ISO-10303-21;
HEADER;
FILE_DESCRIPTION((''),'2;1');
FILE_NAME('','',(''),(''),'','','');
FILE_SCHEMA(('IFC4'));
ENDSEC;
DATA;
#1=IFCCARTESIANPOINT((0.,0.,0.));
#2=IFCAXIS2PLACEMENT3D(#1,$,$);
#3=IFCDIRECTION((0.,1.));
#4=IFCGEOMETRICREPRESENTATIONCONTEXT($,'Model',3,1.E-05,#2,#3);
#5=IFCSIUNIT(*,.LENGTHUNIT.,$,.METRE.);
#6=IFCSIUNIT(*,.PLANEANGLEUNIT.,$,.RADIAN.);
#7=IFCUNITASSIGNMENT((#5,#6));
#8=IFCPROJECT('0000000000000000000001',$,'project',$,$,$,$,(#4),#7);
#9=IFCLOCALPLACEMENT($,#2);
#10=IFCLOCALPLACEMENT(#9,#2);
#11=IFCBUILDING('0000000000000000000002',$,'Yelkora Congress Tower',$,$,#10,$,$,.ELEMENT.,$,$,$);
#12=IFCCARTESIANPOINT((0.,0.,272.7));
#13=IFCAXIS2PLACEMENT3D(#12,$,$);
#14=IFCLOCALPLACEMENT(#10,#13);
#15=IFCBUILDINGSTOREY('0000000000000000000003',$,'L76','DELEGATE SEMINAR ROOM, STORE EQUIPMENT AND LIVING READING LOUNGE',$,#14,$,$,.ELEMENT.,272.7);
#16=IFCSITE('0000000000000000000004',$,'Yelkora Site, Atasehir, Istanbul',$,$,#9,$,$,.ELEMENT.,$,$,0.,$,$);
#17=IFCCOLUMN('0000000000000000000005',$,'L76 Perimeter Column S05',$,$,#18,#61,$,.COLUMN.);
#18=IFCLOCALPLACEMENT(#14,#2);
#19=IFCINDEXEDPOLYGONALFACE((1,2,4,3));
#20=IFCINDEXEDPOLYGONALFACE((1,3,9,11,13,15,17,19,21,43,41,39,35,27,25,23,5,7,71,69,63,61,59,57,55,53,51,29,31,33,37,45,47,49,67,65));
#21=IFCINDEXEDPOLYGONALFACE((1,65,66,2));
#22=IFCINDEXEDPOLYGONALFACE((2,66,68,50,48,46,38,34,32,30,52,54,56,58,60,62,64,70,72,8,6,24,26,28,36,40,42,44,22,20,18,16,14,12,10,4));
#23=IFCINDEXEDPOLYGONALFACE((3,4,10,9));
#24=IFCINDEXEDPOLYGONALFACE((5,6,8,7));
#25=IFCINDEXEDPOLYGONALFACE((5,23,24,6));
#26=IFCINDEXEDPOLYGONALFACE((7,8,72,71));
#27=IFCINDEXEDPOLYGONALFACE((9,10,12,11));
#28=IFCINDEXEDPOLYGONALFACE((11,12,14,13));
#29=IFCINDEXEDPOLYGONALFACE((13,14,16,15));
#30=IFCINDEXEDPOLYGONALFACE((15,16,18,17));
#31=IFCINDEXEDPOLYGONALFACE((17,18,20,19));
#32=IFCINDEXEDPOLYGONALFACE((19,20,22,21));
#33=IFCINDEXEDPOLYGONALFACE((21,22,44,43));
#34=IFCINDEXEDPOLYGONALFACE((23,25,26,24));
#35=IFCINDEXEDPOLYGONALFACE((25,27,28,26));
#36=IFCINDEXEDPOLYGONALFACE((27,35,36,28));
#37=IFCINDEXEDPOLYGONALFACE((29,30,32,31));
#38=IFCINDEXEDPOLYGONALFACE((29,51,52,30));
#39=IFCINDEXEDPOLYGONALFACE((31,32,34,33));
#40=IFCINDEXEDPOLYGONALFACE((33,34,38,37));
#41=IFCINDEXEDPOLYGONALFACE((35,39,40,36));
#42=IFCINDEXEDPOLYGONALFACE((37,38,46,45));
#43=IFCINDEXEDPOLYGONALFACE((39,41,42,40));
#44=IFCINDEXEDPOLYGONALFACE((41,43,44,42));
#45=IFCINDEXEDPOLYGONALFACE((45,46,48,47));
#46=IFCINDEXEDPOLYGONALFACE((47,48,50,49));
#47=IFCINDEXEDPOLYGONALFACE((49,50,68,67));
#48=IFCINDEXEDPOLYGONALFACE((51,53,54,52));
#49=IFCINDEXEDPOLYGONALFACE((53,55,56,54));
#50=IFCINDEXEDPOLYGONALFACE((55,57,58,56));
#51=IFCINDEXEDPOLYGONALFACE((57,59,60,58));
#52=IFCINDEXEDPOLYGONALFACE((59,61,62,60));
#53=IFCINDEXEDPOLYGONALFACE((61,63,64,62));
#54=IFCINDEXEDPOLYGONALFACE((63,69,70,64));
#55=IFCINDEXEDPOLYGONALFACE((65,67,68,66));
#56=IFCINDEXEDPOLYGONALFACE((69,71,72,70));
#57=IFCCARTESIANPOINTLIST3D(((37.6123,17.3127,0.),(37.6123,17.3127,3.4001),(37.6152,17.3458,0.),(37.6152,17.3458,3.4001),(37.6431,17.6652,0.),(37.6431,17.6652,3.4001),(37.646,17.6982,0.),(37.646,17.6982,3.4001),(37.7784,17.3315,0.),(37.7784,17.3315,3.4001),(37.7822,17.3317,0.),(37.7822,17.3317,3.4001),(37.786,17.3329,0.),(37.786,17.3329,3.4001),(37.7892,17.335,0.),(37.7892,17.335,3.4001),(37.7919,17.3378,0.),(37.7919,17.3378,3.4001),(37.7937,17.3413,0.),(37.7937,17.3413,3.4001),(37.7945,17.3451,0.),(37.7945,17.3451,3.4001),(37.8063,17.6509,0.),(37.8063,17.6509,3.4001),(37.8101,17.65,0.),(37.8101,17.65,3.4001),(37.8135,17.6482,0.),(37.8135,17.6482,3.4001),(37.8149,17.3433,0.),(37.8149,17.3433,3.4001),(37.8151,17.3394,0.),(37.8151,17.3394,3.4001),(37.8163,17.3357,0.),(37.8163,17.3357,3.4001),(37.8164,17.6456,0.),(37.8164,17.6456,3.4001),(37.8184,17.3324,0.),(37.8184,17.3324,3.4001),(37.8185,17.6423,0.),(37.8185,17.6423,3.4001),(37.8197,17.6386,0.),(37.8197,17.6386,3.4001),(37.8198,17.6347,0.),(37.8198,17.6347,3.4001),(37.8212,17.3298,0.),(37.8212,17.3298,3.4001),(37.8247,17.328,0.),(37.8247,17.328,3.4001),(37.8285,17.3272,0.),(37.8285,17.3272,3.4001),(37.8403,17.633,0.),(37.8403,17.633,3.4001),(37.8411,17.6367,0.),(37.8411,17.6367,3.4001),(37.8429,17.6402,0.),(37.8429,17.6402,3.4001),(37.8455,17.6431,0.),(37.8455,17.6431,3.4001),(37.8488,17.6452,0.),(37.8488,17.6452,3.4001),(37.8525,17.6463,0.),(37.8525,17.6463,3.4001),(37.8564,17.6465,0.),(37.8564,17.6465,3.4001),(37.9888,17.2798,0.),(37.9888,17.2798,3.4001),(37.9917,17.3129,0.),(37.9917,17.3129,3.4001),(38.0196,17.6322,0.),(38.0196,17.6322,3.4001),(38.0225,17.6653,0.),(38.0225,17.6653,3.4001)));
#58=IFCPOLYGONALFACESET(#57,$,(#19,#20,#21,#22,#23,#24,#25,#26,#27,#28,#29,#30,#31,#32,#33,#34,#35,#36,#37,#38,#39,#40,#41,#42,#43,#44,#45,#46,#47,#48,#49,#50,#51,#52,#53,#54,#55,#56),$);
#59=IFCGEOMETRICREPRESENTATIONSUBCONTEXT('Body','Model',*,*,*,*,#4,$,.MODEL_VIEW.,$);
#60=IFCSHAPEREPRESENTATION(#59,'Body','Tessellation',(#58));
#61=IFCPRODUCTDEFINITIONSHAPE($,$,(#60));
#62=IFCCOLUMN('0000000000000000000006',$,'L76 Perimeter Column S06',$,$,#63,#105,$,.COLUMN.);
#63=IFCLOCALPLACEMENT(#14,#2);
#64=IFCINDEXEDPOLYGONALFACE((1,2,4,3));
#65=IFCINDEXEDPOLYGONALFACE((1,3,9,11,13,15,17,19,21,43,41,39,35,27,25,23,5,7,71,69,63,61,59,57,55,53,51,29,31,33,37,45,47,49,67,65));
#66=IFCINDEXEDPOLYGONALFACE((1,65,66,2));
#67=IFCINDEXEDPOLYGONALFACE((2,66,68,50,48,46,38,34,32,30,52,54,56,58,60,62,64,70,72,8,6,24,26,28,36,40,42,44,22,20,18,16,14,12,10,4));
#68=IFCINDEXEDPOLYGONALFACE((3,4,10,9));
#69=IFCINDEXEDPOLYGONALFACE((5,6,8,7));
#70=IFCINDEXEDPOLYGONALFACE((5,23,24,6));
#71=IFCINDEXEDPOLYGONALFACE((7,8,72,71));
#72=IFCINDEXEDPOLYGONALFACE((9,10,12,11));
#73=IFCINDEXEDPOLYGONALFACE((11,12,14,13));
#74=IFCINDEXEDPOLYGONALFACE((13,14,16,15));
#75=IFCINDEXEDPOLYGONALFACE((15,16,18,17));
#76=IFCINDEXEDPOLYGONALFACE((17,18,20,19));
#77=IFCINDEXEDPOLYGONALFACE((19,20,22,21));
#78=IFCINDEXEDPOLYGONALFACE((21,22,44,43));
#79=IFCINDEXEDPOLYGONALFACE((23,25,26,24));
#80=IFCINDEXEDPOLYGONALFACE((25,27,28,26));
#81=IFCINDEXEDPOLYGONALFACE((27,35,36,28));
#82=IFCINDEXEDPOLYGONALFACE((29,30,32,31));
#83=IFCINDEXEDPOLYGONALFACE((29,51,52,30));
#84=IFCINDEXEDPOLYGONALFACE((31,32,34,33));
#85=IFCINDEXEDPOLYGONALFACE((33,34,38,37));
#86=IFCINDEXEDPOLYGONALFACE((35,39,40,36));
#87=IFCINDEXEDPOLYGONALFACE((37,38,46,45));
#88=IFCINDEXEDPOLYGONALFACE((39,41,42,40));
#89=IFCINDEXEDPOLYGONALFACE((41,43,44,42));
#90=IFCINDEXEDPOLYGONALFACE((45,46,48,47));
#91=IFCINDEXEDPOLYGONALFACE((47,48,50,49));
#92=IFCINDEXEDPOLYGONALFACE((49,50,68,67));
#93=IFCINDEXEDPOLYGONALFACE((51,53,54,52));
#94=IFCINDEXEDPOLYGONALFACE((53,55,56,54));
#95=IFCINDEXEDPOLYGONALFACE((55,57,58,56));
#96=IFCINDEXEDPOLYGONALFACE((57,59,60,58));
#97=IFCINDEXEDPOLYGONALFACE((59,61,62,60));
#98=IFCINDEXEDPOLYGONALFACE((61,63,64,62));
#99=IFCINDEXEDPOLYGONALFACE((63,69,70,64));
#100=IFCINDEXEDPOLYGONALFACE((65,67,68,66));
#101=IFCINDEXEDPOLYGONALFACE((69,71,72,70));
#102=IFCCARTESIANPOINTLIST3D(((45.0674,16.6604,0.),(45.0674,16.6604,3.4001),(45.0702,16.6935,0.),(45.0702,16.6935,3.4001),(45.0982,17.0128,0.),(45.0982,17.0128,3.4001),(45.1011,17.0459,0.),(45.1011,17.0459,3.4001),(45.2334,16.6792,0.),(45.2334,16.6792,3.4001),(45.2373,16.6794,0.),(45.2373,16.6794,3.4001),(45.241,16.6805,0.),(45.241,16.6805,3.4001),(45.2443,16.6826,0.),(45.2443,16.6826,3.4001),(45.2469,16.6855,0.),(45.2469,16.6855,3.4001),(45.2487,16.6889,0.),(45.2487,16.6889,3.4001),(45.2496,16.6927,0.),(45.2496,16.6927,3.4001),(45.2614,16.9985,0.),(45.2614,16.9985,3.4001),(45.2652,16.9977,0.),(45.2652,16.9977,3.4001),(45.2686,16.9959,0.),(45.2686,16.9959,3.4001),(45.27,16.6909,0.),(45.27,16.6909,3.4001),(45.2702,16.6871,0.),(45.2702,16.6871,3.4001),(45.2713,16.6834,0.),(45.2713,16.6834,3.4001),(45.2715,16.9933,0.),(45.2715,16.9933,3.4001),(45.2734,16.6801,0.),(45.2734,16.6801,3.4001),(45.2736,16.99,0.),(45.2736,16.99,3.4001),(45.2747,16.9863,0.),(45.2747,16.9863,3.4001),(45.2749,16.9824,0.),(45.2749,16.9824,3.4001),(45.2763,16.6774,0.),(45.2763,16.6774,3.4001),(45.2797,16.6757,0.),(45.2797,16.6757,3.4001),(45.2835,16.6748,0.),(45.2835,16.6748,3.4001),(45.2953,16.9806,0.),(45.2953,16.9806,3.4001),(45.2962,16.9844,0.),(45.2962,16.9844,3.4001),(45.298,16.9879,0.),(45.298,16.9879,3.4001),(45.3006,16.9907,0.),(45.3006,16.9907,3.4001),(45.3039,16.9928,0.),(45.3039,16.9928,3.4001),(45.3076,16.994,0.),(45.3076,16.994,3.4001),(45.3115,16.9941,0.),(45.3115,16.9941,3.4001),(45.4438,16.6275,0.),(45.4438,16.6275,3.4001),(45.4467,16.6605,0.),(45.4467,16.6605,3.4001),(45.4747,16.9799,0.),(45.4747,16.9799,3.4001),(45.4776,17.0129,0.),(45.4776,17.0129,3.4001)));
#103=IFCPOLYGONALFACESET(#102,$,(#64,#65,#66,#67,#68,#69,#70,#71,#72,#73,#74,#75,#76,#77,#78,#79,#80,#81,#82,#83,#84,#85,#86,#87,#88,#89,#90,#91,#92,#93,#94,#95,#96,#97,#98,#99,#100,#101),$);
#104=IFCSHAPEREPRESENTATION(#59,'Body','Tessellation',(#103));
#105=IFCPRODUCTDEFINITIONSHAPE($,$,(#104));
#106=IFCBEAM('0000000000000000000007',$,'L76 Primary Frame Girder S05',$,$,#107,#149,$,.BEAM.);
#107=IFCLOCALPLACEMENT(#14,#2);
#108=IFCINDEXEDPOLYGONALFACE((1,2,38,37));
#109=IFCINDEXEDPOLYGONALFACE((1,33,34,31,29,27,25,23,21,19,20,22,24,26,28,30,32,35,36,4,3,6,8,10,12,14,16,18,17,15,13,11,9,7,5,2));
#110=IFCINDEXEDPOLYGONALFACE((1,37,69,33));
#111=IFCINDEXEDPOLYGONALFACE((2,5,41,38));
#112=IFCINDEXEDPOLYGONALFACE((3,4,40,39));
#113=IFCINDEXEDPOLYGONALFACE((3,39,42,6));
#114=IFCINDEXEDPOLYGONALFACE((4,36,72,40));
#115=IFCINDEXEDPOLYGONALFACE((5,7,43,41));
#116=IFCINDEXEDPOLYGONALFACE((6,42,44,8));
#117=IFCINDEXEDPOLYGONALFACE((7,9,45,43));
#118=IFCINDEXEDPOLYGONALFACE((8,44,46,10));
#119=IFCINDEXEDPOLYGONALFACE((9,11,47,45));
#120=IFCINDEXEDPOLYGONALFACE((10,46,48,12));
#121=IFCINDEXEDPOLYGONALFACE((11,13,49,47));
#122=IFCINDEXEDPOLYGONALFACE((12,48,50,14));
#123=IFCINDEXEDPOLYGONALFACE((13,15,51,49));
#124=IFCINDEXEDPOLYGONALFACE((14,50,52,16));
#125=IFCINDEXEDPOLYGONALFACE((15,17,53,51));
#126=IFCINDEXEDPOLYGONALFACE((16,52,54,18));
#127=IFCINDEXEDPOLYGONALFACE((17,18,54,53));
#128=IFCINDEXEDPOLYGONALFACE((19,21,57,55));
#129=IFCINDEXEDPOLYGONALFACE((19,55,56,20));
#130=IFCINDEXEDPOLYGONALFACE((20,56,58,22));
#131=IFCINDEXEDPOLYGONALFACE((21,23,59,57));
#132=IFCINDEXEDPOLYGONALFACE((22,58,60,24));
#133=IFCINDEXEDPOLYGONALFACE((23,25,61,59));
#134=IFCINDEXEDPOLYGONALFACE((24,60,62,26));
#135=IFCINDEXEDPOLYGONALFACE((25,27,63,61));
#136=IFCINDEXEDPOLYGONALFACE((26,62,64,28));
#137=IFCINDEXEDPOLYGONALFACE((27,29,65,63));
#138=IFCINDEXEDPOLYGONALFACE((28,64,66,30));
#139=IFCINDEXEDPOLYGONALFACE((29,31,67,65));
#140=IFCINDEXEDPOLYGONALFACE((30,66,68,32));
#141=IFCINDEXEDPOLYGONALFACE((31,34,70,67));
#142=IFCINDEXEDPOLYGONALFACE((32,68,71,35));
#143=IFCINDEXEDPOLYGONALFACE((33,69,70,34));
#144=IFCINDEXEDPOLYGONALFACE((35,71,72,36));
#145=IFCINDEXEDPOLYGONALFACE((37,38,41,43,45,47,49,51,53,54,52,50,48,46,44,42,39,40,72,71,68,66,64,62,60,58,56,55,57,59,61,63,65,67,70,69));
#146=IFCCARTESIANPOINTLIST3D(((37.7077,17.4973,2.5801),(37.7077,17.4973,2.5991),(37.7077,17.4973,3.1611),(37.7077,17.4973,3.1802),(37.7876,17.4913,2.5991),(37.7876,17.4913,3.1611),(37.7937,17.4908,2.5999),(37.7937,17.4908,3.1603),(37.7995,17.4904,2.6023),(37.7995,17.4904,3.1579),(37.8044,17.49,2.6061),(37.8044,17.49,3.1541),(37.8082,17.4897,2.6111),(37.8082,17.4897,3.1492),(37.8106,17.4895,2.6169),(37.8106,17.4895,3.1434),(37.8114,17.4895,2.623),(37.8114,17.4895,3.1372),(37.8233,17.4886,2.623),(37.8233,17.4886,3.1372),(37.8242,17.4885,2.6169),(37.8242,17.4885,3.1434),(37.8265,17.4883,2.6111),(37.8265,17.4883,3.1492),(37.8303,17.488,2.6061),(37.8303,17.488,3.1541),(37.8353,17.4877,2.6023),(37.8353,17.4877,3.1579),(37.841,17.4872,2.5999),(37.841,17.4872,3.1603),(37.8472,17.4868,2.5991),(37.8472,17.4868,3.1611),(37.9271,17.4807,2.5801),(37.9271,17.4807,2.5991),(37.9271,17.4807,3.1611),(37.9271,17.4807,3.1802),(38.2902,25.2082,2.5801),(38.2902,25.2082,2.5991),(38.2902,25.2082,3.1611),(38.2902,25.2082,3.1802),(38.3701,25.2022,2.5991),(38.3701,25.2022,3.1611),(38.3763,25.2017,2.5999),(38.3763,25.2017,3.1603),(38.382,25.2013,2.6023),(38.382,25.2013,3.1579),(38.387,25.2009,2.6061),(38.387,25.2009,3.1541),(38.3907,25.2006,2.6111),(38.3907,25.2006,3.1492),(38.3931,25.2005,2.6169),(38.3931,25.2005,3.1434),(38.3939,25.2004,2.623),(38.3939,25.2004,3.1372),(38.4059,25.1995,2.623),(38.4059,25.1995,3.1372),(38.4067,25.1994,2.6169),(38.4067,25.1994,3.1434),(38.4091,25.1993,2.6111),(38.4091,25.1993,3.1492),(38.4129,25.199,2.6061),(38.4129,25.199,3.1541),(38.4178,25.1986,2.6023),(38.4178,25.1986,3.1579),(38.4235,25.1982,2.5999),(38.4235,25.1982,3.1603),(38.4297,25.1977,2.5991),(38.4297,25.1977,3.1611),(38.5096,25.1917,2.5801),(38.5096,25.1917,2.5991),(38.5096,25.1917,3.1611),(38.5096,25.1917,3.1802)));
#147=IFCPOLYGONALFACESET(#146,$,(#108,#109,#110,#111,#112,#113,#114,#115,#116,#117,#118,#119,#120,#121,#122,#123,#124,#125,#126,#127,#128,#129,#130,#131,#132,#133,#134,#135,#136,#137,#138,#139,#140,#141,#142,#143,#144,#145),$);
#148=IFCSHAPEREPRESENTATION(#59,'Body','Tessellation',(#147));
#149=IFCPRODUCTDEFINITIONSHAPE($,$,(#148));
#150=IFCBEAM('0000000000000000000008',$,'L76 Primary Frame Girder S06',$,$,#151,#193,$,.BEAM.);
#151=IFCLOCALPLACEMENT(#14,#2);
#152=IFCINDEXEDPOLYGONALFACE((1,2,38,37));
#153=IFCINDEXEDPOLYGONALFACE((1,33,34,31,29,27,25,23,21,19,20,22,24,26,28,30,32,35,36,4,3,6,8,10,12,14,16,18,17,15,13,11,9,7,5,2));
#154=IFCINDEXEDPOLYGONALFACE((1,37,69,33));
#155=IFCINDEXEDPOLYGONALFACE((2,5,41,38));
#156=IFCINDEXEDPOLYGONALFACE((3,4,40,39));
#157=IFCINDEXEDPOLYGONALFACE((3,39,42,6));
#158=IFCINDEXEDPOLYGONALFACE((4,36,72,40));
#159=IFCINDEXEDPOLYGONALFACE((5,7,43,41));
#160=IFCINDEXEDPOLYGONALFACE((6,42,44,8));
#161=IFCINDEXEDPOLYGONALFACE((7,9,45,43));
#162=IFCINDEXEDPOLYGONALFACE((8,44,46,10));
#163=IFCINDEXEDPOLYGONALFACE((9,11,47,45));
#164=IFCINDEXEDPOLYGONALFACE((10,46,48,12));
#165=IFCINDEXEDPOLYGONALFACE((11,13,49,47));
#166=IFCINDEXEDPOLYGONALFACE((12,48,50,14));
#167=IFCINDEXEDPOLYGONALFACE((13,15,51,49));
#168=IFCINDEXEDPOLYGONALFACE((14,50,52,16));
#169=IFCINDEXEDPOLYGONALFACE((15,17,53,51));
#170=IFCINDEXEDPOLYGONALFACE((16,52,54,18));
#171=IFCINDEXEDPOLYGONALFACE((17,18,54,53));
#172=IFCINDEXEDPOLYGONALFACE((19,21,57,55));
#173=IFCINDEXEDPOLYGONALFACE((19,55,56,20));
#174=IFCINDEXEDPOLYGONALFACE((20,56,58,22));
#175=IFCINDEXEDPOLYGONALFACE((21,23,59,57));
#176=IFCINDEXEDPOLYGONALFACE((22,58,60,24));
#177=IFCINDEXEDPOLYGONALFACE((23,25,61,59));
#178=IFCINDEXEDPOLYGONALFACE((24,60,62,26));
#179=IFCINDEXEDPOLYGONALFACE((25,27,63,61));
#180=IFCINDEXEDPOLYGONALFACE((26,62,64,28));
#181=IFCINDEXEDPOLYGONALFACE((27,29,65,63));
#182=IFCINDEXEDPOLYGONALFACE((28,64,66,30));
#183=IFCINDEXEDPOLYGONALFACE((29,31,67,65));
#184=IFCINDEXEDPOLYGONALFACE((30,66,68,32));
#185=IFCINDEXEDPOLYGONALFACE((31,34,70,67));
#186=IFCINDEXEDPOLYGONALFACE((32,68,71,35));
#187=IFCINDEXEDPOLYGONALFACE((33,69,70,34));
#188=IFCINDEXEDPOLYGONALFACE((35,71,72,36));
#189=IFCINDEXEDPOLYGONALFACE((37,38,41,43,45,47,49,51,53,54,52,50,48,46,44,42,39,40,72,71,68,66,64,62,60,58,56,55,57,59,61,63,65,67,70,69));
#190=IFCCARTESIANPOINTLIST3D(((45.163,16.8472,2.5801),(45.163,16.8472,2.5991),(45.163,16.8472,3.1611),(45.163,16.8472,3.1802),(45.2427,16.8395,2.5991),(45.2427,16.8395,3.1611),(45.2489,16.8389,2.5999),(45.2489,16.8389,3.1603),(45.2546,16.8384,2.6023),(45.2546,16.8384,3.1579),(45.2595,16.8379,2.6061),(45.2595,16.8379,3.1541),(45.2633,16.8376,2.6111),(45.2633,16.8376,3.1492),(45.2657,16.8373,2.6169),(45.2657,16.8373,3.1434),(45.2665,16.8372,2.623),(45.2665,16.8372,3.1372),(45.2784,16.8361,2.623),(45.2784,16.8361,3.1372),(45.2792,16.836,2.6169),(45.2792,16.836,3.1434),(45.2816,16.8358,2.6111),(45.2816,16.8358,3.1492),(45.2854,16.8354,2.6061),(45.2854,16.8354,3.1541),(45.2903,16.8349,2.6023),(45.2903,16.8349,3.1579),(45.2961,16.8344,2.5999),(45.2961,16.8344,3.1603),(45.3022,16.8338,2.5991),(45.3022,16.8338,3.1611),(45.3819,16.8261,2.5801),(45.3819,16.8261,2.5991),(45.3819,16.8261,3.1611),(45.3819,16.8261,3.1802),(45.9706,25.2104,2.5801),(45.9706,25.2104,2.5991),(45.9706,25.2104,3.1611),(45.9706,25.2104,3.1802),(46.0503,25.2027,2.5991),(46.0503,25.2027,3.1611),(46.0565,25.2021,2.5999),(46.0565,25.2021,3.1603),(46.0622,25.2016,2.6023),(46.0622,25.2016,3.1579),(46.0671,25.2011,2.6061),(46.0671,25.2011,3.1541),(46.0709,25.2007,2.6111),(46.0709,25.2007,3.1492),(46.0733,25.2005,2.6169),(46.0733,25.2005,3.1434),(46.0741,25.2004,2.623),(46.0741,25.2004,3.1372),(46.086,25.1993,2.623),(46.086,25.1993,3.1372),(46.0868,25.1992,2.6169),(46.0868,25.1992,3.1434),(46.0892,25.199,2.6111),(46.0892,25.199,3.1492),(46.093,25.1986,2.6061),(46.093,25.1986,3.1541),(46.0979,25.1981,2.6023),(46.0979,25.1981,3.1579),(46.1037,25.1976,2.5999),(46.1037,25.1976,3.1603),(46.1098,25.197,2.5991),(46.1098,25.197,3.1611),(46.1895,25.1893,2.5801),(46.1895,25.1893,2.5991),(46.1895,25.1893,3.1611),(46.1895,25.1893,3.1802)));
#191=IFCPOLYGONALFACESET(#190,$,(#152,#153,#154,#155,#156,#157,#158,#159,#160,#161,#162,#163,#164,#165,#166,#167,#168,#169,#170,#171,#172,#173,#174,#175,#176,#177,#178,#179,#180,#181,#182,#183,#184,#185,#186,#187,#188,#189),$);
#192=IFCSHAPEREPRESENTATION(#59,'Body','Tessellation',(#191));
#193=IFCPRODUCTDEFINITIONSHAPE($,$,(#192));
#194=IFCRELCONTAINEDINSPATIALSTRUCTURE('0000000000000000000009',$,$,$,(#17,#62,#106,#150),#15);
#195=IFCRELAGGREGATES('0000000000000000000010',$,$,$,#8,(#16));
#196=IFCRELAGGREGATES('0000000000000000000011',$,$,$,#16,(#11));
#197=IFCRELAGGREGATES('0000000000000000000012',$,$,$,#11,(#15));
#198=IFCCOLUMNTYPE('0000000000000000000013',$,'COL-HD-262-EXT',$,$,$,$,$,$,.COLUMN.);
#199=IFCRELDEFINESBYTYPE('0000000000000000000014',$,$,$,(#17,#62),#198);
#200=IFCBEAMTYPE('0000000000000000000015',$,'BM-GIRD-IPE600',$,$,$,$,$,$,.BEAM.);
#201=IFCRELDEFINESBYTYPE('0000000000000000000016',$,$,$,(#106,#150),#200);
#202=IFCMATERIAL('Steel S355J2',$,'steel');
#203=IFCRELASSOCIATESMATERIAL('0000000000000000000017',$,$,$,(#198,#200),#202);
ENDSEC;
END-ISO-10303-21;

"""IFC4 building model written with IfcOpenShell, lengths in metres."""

from ifc_helpers import new_model, si_unit, direction, frame, origin, origin_2d, place, context, subcontext, project, spatial, i_section, extrude, material, material_profile, profile_set, type_object, element, save


model = new_model("IFC4")

# Units and contexts
model_context = context("Model", 3, precision=1e-05, world=origin(), true_north=direction((0.0, 1.0)))
body_context = subcontext(model_context, "Body", "Model", "MODEL_VIEW")
ifc_project = project(units=[si_unit("LENGTHUNIT", "METRE"), si_unit("PLANEANGLEUNIT", "RADIAN")], contexts=[model_context])

# Site, building, storey
site_placement = place(None, origin())
site = spatial("IfcSite", under=ifc_project, at=site_placement, Name="Yelkora Site, Atasehir, Istanbul", CompositionType="ELEMENT", RefElevation=0.0)
building_placement = place(site_placement, origin())
building = spatial("IfcBuilding", under=site, at=building_placement, Name="Yelkora Congress Tower", CompositionType="ELEMENT")
storey_placement = place(building_placement, frame((0.0, 0.0, 272.7)))
storey = spatial("IfcBuildingStorey", under=building, at=storey_placement, Name="L76", Description="DELEGATE SEMINAR ROOM, STORE EQUIPMENT AND LIVING READING LOUNGE", CompositionType="ELEMENT", Elevation=272.7)

# Columns
ifc_material_1 = material(Name="Steel S355J2", Category="steel")
ifc_material_profile_1 = material_profile(ifc_material_1, i_section(OverallWidth=0.3779, OverallDepth=0.387, WebThickness=0.0205, FlangeThickness=0.0332, FilletRadius=0.0149, at=origin_2d()), Name="HD 360x262")
ifc_profile_set_1 = profile_set([ifc_material_profile_1], Name="Steel S355J2")
column_type = type_object("IfcColumnType", Name="COL-HD-262-EXT", PredefinedType="COLUMN", material=ifc_profile_set_1)
for number, where, z_axis, x_axis, name in (
    (1, (37.8174, 17.489, 0.0), (0.0, 0.0, 1.0), (0.996195, -0.087156, 0.0), "L76 Perimeter Column S05"),
    (2, (45.2725, 16.8367, 0.0), (0.0, 0.0, 1.0), (0.996195, -0.087156, 0.0), "L76 Perimeter Column S06"),
):
    element("IfcColumn", number, at=place(storey_placement, frame(where, z_axis=z_axis, x_axis=x_axis)), inside=storey, type_object=column_type, Name=name, PredefinedType="COLUMN", context=body_context, shape_type="SweptSolid", body=[
        extrude(i_section(OverallWidth=0.3779, OverallDepth=0.387, WebThickness=0.0205, FlangeThickness=0.0332, FilletRadius=0.0149, at=origin_2d()), origin(), (0.0, 0.0, 1.0), 3.4001),
    ])

# Beams
ifc_material_profile_2 = material_profile(ifc_material_1, i_section(OverallWidth=0.22, OverallDepth=0.6001, WebThickness=0.012, FlangeThickness=0.019, FilletRadius=0.0239, at=origin_2d()), Name="IPE 600")
ifc_profile_set_2 = profile_set([ifc_material_profile_2], Name="Steel S355J2")
beam_type_1 = type_object("IfcBeamType", Name="BM-GIRD-IPE600", PredefinedType="BEAM", material=ifc_profile_set_2)
beam_1_placement = place(storey_placement, frame((37.8174, 17.489, 2.8801), z_axis=(0.07533, 0.997159, 0.0), x_axis=(-0.997159, 0.07533, 0.0)))
element("IfcBeam", 3, at=beam_1_placement, inside=storey, type_object=beam_type_1, Name="L76 Primary Frame Girder S05", PredefinedType="BEAM", context=body_context, shape_type="SweptSolid", body=[
    extrude(i_section(OverallWidth=0.22, OverallDepth=0.6001, WebThickness=0.012, FlangeThickness=0.019, FilletRadius=0.0239, at=origin_2d()), origin(), (0.0, 0.0, 1.0), 7.7329),
])
beam_2_placement = place(storey_placement, frame((45.2725, 16.8367, 2.8801), z_axis=(0.09612, 0.99537, 0.0), x_axis=(-0.99537, 0.09612, 0.0)))
element("IfcBeam", 4, at=beam_2_placement, inside=storey, type_object=beam_type_1, Name="L76 Primary Frame Girder S06", PredefinedType="BEAM", context=body_context, shape_type="SweptSolid", body=[
    extrude(i_section(OverallWidth=0.22, OverallDepth=0.6001, WebThickness=0.012, FlangeThickness=0.019, FilletRadius=0.0239, at=origin_2d()), origin(), (0.0, 0.0, 1.0), 8.4021),
])

save(model, "model.ifc")
